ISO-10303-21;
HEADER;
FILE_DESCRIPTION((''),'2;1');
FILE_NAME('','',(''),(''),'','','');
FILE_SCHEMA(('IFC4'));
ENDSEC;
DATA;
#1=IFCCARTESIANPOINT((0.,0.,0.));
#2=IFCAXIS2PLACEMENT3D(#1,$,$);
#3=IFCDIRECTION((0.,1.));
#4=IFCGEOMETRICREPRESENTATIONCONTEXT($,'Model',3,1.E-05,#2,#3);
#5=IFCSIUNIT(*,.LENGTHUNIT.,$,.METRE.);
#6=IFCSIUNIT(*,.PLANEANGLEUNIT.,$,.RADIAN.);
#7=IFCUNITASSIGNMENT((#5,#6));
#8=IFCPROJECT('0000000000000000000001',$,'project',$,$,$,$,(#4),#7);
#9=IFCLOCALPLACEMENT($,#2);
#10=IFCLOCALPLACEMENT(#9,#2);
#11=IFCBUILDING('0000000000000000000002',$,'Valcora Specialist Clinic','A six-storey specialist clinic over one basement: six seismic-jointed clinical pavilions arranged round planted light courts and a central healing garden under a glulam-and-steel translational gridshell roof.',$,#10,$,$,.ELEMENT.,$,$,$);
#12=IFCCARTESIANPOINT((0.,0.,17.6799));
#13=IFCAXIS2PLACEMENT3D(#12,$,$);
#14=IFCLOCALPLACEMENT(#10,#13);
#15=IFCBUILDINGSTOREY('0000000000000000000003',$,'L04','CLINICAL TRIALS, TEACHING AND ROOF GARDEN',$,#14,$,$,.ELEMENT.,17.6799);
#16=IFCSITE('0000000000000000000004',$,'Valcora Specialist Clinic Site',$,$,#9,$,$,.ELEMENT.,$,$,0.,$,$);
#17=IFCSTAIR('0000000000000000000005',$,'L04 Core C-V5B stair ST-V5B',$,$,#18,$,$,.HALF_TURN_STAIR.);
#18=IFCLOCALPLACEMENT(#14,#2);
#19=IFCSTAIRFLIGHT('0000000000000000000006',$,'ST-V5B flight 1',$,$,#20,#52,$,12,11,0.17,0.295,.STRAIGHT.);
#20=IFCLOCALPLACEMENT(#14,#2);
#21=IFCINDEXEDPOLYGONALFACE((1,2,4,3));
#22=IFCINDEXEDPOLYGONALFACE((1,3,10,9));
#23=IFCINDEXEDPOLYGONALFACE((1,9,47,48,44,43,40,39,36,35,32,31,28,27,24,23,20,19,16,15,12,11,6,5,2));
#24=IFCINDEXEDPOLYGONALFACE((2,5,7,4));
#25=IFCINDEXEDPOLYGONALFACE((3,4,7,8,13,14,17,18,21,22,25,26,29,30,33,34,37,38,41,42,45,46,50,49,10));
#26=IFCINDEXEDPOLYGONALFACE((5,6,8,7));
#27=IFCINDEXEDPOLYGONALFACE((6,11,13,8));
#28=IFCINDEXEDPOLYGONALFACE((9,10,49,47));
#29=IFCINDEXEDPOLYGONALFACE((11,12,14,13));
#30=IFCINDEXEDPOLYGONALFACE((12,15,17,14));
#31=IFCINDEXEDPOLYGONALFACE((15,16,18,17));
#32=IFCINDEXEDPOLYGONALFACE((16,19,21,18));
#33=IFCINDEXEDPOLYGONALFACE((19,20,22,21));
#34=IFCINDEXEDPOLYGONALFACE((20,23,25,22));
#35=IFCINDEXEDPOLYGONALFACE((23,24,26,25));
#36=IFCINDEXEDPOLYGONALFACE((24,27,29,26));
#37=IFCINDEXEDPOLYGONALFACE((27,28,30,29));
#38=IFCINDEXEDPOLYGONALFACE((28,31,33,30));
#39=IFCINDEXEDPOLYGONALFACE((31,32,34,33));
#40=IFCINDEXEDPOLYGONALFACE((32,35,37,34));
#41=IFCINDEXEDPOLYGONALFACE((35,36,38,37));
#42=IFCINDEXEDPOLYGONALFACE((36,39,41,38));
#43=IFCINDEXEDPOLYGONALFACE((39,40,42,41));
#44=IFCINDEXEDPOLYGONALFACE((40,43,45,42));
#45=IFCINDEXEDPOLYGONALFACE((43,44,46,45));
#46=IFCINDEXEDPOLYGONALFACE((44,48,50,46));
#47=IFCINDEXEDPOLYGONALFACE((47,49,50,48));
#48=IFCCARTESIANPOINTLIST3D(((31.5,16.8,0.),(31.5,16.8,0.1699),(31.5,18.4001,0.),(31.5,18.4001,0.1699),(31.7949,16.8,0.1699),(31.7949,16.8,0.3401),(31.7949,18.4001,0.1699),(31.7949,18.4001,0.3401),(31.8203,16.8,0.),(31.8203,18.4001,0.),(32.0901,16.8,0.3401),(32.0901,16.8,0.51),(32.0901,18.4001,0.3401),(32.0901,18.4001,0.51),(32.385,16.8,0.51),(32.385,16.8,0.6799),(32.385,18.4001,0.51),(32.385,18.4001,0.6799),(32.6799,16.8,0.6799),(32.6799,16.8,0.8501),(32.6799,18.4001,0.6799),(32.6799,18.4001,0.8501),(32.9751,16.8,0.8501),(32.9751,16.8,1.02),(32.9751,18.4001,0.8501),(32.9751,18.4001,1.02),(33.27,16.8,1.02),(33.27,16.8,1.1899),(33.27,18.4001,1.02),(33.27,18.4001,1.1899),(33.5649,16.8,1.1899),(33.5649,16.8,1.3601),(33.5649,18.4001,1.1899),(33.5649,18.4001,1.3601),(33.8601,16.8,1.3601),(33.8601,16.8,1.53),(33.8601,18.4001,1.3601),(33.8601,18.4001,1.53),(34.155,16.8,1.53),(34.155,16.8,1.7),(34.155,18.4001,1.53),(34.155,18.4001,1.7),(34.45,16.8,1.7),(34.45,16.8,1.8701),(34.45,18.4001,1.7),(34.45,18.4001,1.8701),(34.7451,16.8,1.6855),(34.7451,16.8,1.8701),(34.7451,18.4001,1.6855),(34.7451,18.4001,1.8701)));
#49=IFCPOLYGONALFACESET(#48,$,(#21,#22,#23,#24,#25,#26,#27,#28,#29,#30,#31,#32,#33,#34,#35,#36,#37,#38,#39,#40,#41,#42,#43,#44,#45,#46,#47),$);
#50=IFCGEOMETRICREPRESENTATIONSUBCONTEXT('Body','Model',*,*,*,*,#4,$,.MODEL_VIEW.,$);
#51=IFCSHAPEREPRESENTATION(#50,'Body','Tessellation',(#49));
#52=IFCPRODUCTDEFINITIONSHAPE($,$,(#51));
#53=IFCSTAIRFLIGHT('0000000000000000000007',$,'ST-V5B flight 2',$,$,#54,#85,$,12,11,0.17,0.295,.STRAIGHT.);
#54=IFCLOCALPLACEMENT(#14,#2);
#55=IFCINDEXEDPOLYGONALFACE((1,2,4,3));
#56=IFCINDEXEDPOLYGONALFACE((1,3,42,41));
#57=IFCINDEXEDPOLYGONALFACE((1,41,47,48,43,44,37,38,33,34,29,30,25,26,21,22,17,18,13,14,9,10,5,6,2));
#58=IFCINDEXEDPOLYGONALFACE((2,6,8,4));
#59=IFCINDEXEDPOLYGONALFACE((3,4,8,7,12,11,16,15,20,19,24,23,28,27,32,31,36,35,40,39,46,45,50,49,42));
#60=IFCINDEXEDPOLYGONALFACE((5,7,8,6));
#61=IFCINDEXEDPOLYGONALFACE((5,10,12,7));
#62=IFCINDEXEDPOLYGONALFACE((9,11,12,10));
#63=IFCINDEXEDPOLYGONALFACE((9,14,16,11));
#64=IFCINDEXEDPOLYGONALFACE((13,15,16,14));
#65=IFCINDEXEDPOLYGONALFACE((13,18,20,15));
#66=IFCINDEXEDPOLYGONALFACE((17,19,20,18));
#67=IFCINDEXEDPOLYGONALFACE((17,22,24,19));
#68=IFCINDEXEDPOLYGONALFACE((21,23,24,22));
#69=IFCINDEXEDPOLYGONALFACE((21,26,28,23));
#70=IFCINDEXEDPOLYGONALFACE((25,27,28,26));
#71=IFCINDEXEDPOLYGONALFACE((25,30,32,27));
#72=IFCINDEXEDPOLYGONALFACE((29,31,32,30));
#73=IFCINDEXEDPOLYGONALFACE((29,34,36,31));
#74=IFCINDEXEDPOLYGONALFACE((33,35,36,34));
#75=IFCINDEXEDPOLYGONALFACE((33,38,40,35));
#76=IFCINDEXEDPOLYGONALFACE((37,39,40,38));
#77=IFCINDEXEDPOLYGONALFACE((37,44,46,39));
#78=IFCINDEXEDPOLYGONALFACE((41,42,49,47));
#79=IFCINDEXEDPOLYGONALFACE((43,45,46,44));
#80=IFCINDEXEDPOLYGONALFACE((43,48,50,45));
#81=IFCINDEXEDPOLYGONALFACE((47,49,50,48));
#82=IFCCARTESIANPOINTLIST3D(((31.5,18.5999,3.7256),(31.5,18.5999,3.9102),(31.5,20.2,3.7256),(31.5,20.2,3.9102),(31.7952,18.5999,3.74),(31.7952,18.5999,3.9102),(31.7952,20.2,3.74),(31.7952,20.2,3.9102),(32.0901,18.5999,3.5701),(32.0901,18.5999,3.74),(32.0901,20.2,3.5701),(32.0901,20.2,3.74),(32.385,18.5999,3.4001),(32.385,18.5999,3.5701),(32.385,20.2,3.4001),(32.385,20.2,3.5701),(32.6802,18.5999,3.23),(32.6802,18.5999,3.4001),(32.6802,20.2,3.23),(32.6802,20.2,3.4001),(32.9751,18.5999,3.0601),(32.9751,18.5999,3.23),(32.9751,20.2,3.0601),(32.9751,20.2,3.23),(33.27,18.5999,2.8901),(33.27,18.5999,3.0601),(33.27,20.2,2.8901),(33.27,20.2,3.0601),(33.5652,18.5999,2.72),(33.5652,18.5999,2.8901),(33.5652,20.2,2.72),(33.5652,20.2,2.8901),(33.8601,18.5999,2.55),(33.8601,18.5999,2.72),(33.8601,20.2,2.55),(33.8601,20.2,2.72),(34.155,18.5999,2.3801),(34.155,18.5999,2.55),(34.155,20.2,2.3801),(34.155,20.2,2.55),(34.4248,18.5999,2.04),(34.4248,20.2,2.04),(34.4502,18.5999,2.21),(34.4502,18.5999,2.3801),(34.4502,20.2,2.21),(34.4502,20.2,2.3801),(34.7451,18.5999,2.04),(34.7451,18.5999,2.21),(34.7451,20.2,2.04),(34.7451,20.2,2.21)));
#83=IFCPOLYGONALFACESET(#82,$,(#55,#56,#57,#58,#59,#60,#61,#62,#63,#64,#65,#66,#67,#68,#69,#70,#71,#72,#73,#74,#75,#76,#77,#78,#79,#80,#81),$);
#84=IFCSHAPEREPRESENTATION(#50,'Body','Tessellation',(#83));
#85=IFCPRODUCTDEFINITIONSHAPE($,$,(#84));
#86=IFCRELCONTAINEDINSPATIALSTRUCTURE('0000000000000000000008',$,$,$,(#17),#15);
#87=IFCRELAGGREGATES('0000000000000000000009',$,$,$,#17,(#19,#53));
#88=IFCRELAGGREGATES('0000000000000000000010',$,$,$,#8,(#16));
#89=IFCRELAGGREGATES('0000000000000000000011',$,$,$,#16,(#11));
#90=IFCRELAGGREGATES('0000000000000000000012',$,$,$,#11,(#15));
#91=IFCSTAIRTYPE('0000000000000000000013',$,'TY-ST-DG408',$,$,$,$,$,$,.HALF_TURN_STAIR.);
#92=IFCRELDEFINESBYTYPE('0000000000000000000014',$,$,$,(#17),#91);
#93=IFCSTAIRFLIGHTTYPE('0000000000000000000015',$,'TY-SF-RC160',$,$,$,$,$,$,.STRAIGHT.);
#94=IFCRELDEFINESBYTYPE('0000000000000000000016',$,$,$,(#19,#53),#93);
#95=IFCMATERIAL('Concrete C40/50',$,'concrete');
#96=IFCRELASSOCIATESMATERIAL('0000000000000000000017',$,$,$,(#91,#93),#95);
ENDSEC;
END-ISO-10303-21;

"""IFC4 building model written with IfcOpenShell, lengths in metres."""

from ifc_helpers import new_model, si_unit, direction, frame, origin, place, context, subcontext, project, spatial, polyline, outline, extrude, material, type_object, element, aggregate, save


model = new_model("IFC4")

# Units and contexts
model_context = context("Model", 3, precision=1e-05, world=origin(), true_north=direction((0.0, 1.0)))
body_context = subcontext(model_context, "Body", "Model", "MODEL_VIEW")
ifc_project = project(units=[si_unit("LENGTHUNIT", "METRE"), si_unit("PLANEANGLEUNIT", "RADIAN")], contexts=[model_context])

# Site, building, storey
site_placement = place(None, origin())
site = spatial("IfcSite", under=ifc_project, at=site_placement, Name="Valcora Specialist Clinic Site", CompositionType="ELEMENT", RefElevation=0.0)
building_placement = place(site_placement, origin())
building = spatial("IfcBuilding", under=site, at=building_placement, Name="Valcora Specialist Clinic", Description="A six-storey specialist clinic over one basement: six seismic-jointed clinical pavilions arranged round planted light courts and a central healing garden under a glulam-and-steel translational gridshell roof.", CompositionType="ELEMENT")
storey_placement = place(building_placement, frame((0.0, 0.0, 17.6799)))
storey = spatial("IfcBuildingStorey", under=building, at=storey_placement, Name="L04", Description="CLINICAL TRIALS, TEACHING AND ROOF GARDEN", CompositionType="ELEMENT", Elevation=17.6799)

# Shared definitions
ifc_material_1 = material(Name="Concrete C40/50", Category="concrete")

# Stair, stair flights
stair_type = type_object("IfcStairType", Name="TY-ST-DG408", PredefinedType="HALF_TURN_STAIR", material=ifc_material_1)
stair_placement = place(storey_placement, origin())
stair = element("IfcStair", 1, at=stair_placement, inside=storey, type_object=stair_type, Name="L04 Core C-V5B stair ST-V5B", PredefinedType="HALF_TURN_STAIR")
stair_flight_type = type_object("IfcStairFlightType", Name="TY-SF-RC160", PredefinedType="STRAIGHT", material=ifc_material_1)
stair_flight_1_placement = place(storey_placement, frame((31.5, 17.6001, 0.0), z_axis=(0.0, 0.0, 1.0), x_axis=(1.0, 0.0, 0.0)))
stair_flight_1 = element("IfcStairFlight", 2, at=stair_flight_1_placement, type_object=stair_flight_type, Name="ST-V5B flight 1", NumberOfRisers=12, NumberOfTreads=11, PredefinedType="STRAIGHT", RiserHeight=0.17, TreadLength=0.295, context=body_context, shape_type="SweptSolid", body=[
    extrude(outline(polyline([(0.0, 0.0), (0.0, 0.1699), (0.2949, 0.1699), (0.2949, 0.3401), (0.5901, 0.3401), (0.5901, 0.51), (0.885, 0.51), (0.885, 0.6799), (1.1799, 0.6799), (1.1799, 0.8501), (1.4751, 0.8501), (1.4751, 1.02), (1.77, 1.02), (1.77, 1.1899), (2.0649, 1.1899), (2.0649, 1.3601), (2.3601, 1.3601), (2.3601, 1.53), (2.655, 1.53), (2.655, 1.7), (2.95, 1.7), (2.95, 1.8701), (3.2451, 1.8701), (3.2451, 2.04), (3.2451, 1.6855), (0.3203, 0.0), (0.0, 0.0)])), frame((0.0, 0.8, 0.0), z_axis=(0.0, -1.0, 0.0), x_axis=(1.0, 0.0, 0.0)), (0.0, 0.0, 1.0), 1.6001),
])
stair_flight_2_placement = place(storey_placement, frame((34.7451, 19.3999, 2.04), z_axis=(0.0, 0.0, 1.0), x_axis=(-1.0, 0.0, 0.0)))
stair_flight_2 = element("IfcStairFlight", 3, at=stair_flight_2_placement, type_object=stair_flight_type, Name="ST-V5B flight 2", NumberOfRisers=12, NumberOfTreads=11, PredefinedType="STRAIGHT", RiserHeight=0.17, TreadLength=0.295, context=body_context, shape_type="SweptSolid", body=[
    extrude(outline(polyline([(0.0, 0.0), (0.0, 0.1699), (0.2949, 0.1699), (0.2949, 0.3401), (0.5901, 0.3401), (0.5901, 0.51), (0.885, 0.51), (0.885, 0.6799), (1.1799, 0.6799), (1.1799, 0.8501), (1.4751, 0.8501), (1.4751, 1.02), (1.77, 1.02), (1.77, 1.1899), (2.0649, 1.1899), (2.0649, 1.3601), (2.3601, 1.3601), (2.3601, 1.53), (2.655, 1.53), (2.655, 1.7), (2.95, 1.7), (2.95, 1.8701), (3.2451, 1.8701), (3.2451, 2.04), (3.2451, 1.6855), (0.3203, 0.0), (0.0, 0.0)])), frame((0.0, 0.8, 0.0), z_axis=(0.0, -1.0, 0.0), x_axis=(1.0, 0.0, 0.0)), (0.0, 0.0, 1.0), 1.6001),
])
aggregate(stair, [stair_flight_1, stair_flight_2])

save(model, "model.ifc")
